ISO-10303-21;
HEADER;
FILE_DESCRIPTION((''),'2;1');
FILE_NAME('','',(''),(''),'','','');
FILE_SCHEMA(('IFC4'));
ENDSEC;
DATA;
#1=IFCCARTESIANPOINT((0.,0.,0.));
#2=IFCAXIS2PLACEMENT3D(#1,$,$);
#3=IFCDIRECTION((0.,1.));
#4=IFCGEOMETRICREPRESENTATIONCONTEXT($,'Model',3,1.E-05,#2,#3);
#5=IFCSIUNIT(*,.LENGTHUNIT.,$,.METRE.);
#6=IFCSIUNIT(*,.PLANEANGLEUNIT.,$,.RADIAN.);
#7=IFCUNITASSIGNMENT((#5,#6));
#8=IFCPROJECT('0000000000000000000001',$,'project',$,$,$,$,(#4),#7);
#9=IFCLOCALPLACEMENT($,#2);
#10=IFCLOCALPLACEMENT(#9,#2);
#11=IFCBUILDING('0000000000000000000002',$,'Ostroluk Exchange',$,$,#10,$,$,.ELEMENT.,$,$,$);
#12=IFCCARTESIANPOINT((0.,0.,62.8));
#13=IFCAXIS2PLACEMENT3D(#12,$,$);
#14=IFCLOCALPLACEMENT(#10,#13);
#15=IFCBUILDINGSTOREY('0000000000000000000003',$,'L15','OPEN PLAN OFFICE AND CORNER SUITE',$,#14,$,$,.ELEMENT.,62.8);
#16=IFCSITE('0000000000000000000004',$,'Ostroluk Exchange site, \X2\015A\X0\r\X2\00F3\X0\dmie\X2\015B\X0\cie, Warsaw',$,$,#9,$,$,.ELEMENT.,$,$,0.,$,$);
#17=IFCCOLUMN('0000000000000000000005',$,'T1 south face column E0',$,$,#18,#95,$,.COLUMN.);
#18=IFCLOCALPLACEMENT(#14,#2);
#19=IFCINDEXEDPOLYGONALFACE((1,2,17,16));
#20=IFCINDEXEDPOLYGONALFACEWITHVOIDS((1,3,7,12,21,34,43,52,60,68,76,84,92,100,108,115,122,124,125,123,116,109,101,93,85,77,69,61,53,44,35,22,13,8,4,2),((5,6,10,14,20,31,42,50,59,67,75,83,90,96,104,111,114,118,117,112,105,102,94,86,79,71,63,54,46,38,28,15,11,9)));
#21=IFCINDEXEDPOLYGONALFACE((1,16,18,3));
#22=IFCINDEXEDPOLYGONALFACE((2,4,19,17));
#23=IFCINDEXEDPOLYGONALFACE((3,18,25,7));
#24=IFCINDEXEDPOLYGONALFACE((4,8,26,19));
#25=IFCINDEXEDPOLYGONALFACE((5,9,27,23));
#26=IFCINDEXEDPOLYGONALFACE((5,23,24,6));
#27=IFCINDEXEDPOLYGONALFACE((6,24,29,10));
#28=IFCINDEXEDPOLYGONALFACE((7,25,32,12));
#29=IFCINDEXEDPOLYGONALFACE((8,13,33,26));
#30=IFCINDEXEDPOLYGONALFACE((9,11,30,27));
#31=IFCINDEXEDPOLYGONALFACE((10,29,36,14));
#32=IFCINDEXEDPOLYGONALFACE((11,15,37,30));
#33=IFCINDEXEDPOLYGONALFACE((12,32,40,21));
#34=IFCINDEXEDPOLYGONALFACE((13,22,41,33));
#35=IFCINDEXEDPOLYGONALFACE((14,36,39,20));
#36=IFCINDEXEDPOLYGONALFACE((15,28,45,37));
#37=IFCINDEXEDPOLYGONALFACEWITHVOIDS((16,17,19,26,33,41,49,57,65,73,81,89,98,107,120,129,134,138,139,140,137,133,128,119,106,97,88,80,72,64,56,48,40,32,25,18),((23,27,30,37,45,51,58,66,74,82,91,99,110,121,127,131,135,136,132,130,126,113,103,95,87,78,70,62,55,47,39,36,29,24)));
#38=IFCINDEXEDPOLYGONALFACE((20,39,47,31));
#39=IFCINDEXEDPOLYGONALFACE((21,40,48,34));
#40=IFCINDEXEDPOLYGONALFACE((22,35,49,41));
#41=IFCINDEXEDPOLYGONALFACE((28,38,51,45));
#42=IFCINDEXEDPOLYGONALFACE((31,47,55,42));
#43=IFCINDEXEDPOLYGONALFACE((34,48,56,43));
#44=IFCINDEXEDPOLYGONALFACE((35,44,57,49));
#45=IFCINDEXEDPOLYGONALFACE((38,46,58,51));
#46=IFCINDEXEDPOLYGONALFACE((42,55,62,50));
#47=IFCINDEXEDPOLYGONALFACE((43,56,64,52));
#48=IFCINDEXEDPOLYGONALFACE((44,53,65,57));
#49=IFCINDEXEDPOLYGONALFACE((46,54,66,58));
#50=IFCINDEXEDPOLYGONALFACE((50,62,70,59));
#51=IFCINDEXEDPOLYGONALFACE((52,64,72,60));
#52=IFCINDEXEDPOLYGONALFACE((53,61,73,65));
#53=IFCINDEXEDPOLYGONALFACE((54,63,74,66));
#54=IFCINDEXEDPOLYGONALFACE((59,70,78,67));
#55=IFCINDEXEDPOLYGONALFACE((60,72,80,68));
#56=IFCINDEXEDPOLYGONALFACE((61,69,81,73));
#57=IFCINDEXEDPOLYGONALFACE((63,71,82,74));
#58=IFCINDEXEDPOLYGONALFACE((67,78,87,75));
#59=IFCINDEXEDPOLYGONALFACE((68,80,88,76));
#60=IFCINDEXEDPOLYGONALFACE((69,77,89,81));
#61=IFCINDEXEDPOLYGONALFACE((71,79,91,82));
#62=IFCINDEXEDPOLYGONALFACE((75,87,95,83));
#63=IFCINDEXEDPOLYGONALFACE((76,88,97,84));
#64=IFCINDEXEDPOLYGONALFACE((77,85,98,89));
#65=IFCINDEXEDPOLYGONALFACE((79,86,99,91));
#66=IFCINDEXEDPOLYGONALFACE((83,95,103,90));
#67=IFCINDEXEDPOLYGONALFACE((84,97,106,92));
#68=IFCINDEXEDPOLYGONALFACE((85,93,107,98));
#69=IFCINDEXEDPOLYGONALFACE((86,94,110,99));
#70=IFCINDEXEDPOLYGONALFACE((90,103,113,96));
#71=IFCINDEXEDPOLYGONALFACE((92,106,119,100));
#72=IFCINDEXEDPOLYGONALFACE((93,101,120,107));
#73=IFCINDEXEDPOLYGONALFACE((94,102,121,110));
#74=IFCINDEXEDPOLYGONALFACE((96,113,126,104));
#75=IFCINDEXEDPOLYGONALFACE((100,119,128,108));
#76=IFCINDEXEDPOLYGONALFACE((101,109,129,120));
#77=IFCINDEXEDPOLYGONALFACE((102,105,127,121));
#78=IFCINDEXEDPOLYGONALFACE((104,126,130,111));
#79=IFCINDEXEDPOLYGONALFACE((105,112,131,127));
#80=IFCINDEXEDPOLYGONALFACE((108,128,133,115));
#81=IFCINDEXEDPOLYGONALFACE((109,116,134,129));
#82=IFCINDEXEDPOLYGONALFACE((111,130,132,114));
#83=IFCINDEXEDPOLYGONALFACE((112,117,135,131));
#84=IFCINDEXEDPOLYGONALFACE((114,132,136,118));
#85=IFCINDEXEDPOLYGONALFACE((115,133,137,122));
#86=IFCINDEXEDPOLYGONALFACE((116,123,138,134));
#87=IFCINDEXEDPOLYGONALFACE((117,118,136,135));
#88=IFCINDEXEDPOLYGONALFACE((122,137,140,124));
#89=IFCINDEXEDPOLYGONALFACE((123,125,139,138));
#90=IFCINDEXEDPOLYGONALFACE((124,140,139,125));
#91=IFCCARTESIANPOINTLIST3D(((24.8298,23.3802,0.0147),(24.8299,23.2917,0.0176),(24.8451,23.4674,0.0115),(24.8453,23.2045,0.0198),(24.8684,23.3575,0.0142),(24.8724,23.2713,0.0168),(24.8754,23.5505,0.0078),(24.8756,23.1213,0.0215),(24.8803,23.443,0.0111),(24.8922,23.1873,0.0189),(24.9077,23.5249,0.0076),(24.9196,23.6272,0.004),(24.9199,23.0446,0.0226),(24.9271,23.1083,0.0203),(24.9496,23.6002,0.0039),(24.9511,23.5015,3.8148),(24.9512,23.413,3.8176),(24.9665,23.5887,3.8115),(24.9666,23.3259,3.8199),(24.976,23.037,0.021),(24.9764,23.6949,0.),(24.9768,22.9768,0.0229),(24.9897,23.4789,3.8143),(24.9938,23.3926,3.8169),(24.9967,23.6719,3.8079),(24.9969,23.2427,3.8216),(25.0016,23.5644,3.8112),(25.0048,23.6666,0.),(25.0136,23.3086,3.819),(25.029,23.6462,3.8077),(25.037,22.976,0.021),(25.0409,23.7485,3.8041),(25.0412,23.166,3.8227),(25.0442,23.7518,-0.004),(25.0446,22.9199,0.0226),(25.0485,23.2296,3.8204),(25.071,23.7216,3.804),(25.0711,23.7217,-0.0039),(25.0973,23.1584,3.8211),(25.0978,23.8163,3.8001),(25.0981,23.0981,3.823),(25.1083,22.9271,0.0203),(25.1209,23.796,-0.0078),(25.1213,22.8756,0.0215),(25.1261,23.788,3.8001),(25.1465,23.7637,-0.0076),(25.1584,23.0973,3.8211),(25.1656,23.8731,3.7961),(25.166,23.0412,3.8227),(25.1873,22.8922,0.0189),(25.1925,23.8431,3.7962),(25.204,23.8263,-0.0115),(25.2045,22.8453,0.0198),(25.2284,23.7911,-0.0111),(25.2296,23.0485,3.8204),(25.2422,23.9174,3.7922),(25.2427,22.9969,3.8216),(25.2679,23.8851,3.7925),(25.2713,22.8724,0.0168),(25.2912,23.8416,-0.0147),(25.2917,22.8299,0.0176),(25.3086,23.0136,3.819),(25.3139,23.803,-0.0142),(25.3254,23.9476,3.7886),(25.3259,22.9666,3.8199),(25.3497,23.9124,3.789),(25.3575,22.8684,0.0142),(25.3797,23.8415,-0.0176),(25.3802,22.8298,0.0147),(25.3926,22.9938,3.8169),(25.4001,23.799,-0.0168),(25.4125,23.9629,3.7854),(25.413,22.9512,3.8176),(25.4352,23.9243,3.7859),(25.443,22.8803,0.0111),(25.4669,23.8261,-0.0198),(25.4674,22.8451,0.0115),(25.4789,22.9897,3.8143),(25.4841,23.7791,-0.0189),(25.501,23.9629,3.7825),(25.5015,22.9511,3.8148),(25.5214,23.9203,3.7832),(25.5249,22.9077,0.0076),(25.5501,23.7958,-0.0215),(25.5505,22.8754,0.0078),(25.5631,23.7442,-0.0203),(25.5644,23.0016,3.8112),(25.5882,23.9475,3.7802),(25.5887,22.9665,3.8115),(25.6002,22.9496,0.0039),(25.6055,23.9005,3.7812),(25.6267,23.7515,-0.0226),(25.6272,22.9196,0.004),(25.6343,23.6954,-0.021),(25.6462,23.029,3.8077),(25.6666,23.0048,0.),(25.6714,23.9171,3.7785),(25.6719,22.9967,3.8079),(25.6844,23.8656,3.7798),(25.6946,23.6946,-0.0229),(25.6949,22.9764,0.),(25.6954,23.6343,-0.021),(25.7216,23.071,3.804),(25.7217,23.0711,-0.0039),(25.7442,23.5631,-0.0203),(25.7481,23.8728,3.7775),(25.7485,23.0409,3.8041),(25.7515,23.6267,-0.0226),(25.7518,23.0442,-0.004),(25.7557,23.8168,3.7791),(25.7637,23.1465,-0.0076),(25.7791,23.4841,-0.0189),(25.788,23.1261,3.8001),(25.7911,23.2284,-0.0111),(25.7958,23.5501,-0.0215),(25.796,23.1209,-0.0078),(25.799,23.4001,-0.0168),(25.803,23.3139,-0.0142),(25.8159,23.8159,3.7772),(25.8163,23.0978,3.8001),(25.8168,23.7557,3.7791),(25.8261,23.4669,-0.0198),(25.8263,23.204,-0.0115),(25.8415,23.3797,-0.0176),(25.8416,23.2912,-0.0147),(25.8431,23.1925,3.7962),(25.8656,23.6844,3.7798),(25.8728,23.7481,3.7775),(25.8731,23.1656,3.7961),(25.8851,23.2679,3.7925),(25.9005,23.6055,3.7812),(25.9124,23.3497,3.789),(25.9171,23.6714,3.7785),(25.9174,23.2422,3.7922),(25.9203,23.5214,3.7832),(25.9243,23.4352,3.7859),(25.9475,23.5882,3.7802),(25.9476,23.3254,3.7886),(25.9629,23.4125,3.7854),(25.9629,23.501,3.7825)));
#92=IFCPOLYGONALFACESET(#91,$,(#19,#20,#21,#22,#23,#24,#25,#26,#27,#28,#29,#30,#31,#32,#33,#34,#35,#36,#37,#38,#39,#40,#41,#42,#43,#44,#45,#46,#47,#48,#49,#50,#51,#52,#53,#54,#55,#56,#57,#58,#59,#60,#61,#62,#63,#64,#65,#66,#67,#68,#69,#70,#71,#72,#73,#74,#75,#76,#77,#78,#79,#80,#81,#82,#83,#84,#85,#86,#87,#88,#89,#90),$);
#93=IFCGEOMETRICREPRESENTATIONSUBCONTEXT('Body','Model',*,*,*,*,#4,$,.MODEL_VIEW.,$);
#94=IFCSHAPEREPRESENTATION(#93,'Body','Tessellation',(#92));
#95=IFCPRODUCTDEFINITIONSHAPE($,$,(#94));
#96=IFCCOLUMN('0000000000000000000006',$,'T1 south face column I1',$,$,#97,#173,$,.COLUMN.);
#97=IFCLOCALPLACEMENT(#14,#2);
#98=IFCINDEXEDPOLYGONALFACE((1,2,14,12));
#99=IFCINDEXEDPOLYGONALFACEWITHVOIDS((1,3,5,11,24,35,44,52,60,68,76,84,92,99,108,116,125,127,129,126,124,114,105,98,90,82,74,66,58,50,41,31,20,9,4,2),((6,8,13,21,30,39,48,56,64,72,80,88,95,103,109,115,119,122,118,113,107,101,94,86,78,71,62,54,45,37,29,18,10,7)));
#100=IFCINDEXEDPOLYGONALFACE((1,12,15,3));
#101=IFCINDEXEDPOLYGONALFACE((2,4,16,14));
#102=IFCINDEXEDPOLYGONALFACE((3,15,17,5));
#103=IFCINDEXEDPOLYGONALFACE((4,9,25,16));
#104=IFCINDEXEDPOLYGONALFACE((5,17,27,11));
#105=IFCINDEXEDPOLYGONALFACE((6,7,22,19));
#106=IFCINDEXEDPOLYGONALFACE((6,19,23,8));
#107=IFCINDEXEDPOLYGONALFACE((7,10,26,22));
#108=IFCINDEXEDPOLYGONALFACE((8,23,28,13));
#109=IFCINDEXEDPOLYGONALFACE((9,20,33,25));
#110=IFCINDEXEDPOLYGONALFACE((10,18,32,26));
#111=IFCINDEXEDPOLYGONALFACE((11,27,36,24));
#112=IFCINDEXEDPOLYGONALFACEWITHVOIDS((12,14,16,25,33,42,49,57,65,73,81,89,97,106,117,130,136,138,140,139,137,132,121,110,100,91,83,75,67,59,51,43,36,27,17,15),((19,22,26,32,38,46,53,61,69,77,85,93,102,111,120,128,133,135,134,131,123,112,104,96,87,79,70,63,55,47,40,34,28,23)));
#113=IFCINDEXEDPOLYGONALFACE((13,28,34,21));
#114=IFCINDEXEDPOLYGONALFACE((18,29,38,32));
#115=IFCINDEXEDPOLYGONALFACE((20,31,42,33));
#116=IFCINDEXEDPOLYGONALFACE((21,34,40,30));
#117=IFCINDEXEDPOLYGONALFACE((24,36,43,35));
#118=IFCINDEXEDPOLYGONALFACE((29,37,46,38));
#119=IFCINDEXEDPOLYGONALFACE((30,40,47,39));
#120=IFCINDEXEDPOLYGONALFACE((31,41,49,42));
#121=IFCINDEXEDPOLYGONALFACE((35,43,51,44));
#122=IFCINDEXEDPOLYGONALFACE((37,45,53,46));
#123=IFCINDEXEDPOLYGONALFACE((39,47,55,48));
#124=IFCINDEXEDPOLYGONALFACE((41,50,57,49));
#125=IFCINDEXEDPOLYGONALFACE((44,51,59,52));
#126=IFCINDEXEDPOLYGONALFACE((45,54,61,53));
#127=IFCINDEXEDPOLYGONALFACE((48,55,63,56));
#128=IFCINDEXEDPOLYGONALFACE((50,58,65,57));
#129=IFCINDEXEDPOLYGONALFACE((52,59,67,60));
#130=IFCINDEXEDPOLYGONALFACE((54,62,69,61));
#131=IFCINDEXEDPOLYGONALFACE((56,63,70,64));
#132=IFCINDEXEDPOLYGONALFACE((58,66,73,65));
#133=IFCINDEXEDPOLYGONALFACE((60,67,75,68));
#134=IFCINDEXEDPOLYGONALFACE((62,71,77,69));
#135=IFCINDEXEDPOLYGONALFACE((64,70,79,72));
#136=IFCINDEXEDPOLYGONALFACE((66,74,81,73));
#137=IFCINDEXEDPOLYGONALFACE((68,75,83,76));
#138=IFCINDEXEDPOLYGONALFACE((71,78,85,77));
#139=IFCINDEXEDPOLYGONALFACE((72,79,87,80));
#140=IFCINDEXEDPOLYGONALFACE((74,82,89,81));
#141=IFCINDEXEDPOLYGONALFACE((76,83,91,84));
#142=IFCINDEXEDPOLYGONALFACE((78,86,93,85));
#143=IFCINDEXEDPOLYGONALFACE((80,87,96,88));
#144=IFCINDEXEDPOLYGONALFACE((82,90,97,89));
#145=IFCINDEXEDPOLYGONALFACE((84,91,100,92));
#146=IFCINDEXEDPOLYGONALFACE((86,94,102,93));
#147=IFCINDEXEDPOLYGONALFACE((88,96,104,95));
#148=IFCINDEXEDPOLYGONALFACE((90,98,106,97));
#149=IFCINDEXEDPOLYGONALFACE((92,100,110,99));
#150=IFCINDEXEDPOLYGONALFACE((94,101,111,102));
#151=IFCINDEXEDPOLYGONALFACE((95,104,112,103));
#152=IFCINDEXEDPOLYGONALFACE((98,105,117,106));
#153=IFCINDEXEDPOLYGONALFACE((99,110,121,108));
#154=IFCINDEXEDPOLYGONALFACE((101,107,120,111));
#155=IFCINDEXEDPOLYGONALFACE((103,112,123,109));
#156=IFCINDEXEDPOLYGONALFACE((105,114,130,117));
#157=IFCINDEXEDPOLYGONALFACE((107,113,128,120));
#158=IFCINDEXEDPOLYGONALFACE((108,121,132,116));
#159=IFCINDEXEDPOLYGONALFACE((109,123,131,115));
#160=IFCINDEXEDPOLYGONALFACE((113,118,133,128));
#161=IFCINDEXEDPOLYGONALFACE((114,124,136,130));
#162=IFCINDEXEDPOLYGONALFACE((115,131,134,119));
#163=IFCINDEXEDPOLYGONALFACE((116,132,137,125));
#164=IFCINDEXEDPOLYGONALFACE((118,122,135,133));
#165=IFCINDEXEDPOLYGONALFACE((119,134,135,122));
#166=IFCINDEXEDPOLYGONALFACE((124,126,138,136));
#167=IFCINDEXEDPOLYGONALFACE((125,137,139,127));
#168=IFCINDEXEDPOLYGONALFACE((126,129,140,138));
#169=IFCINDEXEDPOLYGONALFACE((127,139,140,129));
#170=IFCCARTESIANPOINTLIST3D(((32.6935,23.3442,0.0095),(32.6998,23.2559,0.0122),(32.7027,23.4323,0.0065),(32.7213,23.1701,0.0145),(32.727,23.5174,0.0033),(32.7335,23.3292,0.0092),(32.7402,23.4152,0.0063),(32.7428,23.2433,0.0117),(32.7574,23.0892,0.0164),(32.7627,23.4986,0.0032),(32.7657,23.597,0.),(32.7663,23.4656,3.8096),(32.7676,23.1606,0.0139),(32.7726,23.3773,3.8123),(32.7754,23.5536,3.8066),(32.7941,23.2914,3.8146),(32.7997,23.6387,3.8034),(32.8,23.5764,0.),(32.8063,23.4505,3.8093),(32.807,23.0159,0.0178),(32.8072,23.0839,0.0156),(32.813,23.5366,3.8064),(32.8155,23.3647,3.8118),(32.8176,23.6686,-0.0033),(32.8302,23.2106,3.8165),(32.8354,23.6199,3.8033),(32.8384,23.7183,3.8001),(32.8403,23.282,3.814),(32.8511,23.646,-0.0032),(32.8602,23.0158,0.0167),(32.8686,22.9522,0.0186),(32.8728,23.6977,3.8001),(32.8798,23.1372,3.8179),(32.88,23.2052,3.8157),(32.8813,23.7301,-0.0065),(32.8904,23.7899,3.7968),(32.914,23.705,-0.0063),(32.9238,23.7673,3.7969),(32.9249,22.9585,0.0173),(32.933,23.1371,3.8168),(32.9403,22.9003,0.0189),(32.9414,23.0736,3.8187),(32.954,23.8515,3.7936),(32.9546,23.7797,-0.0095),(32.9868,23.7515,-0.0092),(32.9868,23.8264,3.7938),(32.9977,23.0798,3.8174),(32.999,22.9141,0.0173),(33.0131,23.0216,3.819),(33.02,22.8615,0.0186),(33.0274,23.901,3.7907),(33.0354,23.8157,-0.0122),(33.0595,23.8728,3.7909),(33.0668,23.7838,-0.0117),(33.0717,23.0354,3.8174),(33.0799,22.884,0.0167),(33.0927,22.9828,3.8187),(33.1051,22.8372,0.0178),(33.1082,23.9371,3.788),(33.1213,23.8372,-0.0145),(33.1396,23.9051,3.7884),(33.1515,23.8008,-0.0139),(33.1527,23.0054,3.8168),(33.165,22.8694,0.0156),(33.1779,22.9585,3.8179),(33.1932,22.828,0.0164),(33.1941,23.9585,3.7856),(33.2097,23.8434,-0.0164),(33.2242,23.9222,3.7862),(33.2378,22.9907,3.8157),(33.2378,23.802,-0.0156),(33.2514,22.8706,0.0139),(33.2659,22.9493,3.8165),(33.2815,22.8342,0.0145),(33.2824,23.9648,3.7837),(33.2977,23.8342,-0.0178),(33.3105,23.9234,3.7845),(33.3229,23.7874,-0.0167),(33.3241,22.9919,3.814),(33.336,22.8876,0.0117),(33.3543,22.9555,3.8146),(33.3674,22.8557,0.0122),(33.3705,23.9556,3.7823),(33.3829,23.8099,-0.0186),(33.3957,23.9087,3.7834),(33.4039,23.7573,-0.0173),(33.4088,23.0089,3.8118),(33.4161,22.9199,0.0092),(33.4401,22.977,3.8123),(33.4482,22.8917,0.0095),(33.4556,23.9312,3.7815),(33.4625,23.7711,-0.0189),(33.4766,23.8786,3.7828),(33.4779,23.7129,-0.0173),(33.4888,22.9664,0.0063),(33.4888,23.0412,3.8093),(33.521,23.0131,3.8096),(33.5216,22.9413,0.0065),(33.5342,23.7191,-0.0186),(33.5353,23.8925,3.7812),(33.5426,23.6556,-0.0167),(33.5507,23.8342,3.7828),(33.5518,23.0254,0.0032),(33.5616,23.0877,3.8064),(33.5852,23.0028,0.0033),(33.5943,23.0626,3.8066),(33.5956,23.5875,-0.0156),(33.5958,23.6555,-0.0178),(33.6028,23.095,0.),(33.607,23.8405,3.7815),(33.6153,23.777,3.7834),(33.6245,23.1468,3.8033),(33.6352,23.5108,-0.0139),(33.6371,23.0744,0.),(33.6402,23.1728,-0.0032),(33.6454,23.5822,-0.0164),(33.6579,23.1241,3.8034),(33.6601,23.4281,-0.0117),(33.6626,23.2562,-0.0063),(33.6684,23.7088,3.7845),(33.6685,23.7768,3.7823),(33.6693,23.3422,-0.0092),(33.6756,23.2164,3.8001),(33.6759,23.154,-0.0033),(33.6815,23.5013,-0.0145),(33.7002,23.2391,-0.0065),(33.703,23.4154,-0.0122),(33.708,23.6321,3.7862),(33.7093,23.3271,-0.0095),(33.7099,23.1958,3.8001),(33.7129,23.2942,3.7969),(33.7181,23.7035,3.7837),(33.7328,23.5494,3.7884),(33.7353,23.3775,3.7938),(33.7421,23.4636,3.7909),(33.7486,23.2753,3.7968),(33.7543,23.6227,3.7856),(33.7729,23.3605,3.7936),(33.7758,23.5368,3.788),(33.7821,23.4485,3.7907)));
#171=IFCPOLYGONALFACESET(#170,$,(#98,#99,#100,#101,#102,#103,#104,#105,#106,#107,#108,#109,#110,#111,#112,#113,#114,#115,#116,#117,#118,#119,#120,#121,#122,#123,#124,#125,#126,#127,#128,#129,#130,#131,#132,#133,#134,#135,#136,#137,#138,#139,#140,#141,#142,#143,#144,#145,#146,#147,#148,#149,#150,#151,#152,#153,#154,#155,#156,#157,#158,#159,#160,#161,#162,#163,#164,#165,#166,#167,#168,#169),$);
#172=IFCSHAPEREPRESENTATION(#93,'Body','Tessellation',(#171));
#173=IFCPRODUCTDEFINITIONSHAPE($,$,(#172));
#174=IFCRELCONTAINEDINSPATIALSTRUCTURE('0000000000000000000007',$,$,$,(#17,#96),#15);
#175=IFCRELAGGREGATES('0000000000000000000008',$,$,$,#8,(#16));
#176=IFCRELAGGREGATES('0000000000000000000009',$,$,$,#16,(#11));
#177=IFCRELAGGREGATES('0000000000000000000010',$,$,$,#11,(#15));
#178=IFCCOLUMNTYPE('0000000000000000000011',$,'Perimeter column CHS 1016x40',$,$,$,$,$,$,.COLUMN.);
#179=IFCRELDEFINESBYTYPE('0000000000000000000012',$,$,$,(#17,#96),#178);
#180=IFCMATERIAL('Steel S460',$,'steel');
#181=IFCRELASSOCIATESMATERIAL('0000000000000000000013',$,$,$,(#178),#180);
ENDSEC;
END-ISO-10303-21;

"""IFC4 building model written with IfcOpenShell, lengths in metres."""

from ifc_helpers import new_model, si_unit, direction, frame, origin, origin_2d, place, context, subcontext, project, spatial, hollow_circle, extrude, material, material_profile, profile_set, type_object, element, save


model = new_model("IFC4")

# Units and contexts
model_context = context("Model", 3, precision=1e-05, world=origin(), true_north=direction((0.0, 1.0)))
body_context = subcontext(model_context, "Body", "Model", "MODEL_VIEW")
ifc_project = project(units=[si_unit("LENGTHUNIT", "METRE"), si_unit("PLANEANGLEUNIT", "RADIAN")], contexts=[model_context])

# Site, building, storey
site_placement = place(None, origin())
site = spatial("IfcSite", under=ifc_project, at=site_placement, Name="Ostroluk Exchange site, Śródmieście, Warsaw", CompositionType="ELEMENT", RefElevation=0.0)
building_placement = place(site_placement, origin())
building = spatial("IfcBuilding", under=site, at=building_placement, Name="Ostroluk Exchange", CompositionType="ELEMENT")
storey_placement = place(building_placement, frame((0.0, 0.0, 62.8)))
storey = spatial("IfcBuildingStorey", under=building, at=storey_placement, Name="L15", Description="OPEN PLAN OFFICE AND CORNER SUITE", CompositionType="ELEMENT", Elevation=62.8)

# Columns
ifc_material_1 = material(Name="Steel S460", Category="steel")
ifc_material_profile_1 = material_profile(ifc_material_1, hollow_circle(Radius=0.5081, WallThickness=0.04, at=origin_2d()), Name="CHS 1016x40")
ifc_profile_set_1 = profile_set([ifc_material_profile_1], Name="Steel S460")
column_type = type_object("IfcColumnType", Name="Perimeter column CHS 1016x40", PredefinedType="COLUMN", material=ifc_profile_set_1)
column_1_placement = place(storey_placement, frame((25.3357, 23.3357, 0.0), z_axis=(0.031898, 0.031898, 0.998982), x_axis=(-0.707107, 0.707107, 0.0)))
element("IfcColumn", 1, at=column_1_placement, inside=storey, type_object=column_type, Name="T1 south face column E0", PredefinedType="COLUMN", context=body_context, shape_type="SweptSolid", body=[
    extrude(hollow_circle(Radius=0.5081, WallThickness=0.04, at=origin_2d()), origin(), (0.0, 0.0, 1.0), 3.804),
])
column_2_placement = place(storey_placement, frame((33.2014, 23.3357, 0.0), z_axis=(0.019132, 0.031909, 0.999308), x_axis=(-0.857645, 0.514242, 0.0)))
element("IfcColumn", 2, at=column_2_placement, inside=storey, type_object=column_type, Name="T1 south face column I1", PredefinedType="COLUMN", context=body_context, shape_type="SweptSolid", body=[
    extrude(hollow_circle(Radius=0.5081, WallThickness=0.04, at=origin_2d()), origin(), (0.0, 0.0, 1.0), 3.8027),
])

save(model, "model.ifc")
